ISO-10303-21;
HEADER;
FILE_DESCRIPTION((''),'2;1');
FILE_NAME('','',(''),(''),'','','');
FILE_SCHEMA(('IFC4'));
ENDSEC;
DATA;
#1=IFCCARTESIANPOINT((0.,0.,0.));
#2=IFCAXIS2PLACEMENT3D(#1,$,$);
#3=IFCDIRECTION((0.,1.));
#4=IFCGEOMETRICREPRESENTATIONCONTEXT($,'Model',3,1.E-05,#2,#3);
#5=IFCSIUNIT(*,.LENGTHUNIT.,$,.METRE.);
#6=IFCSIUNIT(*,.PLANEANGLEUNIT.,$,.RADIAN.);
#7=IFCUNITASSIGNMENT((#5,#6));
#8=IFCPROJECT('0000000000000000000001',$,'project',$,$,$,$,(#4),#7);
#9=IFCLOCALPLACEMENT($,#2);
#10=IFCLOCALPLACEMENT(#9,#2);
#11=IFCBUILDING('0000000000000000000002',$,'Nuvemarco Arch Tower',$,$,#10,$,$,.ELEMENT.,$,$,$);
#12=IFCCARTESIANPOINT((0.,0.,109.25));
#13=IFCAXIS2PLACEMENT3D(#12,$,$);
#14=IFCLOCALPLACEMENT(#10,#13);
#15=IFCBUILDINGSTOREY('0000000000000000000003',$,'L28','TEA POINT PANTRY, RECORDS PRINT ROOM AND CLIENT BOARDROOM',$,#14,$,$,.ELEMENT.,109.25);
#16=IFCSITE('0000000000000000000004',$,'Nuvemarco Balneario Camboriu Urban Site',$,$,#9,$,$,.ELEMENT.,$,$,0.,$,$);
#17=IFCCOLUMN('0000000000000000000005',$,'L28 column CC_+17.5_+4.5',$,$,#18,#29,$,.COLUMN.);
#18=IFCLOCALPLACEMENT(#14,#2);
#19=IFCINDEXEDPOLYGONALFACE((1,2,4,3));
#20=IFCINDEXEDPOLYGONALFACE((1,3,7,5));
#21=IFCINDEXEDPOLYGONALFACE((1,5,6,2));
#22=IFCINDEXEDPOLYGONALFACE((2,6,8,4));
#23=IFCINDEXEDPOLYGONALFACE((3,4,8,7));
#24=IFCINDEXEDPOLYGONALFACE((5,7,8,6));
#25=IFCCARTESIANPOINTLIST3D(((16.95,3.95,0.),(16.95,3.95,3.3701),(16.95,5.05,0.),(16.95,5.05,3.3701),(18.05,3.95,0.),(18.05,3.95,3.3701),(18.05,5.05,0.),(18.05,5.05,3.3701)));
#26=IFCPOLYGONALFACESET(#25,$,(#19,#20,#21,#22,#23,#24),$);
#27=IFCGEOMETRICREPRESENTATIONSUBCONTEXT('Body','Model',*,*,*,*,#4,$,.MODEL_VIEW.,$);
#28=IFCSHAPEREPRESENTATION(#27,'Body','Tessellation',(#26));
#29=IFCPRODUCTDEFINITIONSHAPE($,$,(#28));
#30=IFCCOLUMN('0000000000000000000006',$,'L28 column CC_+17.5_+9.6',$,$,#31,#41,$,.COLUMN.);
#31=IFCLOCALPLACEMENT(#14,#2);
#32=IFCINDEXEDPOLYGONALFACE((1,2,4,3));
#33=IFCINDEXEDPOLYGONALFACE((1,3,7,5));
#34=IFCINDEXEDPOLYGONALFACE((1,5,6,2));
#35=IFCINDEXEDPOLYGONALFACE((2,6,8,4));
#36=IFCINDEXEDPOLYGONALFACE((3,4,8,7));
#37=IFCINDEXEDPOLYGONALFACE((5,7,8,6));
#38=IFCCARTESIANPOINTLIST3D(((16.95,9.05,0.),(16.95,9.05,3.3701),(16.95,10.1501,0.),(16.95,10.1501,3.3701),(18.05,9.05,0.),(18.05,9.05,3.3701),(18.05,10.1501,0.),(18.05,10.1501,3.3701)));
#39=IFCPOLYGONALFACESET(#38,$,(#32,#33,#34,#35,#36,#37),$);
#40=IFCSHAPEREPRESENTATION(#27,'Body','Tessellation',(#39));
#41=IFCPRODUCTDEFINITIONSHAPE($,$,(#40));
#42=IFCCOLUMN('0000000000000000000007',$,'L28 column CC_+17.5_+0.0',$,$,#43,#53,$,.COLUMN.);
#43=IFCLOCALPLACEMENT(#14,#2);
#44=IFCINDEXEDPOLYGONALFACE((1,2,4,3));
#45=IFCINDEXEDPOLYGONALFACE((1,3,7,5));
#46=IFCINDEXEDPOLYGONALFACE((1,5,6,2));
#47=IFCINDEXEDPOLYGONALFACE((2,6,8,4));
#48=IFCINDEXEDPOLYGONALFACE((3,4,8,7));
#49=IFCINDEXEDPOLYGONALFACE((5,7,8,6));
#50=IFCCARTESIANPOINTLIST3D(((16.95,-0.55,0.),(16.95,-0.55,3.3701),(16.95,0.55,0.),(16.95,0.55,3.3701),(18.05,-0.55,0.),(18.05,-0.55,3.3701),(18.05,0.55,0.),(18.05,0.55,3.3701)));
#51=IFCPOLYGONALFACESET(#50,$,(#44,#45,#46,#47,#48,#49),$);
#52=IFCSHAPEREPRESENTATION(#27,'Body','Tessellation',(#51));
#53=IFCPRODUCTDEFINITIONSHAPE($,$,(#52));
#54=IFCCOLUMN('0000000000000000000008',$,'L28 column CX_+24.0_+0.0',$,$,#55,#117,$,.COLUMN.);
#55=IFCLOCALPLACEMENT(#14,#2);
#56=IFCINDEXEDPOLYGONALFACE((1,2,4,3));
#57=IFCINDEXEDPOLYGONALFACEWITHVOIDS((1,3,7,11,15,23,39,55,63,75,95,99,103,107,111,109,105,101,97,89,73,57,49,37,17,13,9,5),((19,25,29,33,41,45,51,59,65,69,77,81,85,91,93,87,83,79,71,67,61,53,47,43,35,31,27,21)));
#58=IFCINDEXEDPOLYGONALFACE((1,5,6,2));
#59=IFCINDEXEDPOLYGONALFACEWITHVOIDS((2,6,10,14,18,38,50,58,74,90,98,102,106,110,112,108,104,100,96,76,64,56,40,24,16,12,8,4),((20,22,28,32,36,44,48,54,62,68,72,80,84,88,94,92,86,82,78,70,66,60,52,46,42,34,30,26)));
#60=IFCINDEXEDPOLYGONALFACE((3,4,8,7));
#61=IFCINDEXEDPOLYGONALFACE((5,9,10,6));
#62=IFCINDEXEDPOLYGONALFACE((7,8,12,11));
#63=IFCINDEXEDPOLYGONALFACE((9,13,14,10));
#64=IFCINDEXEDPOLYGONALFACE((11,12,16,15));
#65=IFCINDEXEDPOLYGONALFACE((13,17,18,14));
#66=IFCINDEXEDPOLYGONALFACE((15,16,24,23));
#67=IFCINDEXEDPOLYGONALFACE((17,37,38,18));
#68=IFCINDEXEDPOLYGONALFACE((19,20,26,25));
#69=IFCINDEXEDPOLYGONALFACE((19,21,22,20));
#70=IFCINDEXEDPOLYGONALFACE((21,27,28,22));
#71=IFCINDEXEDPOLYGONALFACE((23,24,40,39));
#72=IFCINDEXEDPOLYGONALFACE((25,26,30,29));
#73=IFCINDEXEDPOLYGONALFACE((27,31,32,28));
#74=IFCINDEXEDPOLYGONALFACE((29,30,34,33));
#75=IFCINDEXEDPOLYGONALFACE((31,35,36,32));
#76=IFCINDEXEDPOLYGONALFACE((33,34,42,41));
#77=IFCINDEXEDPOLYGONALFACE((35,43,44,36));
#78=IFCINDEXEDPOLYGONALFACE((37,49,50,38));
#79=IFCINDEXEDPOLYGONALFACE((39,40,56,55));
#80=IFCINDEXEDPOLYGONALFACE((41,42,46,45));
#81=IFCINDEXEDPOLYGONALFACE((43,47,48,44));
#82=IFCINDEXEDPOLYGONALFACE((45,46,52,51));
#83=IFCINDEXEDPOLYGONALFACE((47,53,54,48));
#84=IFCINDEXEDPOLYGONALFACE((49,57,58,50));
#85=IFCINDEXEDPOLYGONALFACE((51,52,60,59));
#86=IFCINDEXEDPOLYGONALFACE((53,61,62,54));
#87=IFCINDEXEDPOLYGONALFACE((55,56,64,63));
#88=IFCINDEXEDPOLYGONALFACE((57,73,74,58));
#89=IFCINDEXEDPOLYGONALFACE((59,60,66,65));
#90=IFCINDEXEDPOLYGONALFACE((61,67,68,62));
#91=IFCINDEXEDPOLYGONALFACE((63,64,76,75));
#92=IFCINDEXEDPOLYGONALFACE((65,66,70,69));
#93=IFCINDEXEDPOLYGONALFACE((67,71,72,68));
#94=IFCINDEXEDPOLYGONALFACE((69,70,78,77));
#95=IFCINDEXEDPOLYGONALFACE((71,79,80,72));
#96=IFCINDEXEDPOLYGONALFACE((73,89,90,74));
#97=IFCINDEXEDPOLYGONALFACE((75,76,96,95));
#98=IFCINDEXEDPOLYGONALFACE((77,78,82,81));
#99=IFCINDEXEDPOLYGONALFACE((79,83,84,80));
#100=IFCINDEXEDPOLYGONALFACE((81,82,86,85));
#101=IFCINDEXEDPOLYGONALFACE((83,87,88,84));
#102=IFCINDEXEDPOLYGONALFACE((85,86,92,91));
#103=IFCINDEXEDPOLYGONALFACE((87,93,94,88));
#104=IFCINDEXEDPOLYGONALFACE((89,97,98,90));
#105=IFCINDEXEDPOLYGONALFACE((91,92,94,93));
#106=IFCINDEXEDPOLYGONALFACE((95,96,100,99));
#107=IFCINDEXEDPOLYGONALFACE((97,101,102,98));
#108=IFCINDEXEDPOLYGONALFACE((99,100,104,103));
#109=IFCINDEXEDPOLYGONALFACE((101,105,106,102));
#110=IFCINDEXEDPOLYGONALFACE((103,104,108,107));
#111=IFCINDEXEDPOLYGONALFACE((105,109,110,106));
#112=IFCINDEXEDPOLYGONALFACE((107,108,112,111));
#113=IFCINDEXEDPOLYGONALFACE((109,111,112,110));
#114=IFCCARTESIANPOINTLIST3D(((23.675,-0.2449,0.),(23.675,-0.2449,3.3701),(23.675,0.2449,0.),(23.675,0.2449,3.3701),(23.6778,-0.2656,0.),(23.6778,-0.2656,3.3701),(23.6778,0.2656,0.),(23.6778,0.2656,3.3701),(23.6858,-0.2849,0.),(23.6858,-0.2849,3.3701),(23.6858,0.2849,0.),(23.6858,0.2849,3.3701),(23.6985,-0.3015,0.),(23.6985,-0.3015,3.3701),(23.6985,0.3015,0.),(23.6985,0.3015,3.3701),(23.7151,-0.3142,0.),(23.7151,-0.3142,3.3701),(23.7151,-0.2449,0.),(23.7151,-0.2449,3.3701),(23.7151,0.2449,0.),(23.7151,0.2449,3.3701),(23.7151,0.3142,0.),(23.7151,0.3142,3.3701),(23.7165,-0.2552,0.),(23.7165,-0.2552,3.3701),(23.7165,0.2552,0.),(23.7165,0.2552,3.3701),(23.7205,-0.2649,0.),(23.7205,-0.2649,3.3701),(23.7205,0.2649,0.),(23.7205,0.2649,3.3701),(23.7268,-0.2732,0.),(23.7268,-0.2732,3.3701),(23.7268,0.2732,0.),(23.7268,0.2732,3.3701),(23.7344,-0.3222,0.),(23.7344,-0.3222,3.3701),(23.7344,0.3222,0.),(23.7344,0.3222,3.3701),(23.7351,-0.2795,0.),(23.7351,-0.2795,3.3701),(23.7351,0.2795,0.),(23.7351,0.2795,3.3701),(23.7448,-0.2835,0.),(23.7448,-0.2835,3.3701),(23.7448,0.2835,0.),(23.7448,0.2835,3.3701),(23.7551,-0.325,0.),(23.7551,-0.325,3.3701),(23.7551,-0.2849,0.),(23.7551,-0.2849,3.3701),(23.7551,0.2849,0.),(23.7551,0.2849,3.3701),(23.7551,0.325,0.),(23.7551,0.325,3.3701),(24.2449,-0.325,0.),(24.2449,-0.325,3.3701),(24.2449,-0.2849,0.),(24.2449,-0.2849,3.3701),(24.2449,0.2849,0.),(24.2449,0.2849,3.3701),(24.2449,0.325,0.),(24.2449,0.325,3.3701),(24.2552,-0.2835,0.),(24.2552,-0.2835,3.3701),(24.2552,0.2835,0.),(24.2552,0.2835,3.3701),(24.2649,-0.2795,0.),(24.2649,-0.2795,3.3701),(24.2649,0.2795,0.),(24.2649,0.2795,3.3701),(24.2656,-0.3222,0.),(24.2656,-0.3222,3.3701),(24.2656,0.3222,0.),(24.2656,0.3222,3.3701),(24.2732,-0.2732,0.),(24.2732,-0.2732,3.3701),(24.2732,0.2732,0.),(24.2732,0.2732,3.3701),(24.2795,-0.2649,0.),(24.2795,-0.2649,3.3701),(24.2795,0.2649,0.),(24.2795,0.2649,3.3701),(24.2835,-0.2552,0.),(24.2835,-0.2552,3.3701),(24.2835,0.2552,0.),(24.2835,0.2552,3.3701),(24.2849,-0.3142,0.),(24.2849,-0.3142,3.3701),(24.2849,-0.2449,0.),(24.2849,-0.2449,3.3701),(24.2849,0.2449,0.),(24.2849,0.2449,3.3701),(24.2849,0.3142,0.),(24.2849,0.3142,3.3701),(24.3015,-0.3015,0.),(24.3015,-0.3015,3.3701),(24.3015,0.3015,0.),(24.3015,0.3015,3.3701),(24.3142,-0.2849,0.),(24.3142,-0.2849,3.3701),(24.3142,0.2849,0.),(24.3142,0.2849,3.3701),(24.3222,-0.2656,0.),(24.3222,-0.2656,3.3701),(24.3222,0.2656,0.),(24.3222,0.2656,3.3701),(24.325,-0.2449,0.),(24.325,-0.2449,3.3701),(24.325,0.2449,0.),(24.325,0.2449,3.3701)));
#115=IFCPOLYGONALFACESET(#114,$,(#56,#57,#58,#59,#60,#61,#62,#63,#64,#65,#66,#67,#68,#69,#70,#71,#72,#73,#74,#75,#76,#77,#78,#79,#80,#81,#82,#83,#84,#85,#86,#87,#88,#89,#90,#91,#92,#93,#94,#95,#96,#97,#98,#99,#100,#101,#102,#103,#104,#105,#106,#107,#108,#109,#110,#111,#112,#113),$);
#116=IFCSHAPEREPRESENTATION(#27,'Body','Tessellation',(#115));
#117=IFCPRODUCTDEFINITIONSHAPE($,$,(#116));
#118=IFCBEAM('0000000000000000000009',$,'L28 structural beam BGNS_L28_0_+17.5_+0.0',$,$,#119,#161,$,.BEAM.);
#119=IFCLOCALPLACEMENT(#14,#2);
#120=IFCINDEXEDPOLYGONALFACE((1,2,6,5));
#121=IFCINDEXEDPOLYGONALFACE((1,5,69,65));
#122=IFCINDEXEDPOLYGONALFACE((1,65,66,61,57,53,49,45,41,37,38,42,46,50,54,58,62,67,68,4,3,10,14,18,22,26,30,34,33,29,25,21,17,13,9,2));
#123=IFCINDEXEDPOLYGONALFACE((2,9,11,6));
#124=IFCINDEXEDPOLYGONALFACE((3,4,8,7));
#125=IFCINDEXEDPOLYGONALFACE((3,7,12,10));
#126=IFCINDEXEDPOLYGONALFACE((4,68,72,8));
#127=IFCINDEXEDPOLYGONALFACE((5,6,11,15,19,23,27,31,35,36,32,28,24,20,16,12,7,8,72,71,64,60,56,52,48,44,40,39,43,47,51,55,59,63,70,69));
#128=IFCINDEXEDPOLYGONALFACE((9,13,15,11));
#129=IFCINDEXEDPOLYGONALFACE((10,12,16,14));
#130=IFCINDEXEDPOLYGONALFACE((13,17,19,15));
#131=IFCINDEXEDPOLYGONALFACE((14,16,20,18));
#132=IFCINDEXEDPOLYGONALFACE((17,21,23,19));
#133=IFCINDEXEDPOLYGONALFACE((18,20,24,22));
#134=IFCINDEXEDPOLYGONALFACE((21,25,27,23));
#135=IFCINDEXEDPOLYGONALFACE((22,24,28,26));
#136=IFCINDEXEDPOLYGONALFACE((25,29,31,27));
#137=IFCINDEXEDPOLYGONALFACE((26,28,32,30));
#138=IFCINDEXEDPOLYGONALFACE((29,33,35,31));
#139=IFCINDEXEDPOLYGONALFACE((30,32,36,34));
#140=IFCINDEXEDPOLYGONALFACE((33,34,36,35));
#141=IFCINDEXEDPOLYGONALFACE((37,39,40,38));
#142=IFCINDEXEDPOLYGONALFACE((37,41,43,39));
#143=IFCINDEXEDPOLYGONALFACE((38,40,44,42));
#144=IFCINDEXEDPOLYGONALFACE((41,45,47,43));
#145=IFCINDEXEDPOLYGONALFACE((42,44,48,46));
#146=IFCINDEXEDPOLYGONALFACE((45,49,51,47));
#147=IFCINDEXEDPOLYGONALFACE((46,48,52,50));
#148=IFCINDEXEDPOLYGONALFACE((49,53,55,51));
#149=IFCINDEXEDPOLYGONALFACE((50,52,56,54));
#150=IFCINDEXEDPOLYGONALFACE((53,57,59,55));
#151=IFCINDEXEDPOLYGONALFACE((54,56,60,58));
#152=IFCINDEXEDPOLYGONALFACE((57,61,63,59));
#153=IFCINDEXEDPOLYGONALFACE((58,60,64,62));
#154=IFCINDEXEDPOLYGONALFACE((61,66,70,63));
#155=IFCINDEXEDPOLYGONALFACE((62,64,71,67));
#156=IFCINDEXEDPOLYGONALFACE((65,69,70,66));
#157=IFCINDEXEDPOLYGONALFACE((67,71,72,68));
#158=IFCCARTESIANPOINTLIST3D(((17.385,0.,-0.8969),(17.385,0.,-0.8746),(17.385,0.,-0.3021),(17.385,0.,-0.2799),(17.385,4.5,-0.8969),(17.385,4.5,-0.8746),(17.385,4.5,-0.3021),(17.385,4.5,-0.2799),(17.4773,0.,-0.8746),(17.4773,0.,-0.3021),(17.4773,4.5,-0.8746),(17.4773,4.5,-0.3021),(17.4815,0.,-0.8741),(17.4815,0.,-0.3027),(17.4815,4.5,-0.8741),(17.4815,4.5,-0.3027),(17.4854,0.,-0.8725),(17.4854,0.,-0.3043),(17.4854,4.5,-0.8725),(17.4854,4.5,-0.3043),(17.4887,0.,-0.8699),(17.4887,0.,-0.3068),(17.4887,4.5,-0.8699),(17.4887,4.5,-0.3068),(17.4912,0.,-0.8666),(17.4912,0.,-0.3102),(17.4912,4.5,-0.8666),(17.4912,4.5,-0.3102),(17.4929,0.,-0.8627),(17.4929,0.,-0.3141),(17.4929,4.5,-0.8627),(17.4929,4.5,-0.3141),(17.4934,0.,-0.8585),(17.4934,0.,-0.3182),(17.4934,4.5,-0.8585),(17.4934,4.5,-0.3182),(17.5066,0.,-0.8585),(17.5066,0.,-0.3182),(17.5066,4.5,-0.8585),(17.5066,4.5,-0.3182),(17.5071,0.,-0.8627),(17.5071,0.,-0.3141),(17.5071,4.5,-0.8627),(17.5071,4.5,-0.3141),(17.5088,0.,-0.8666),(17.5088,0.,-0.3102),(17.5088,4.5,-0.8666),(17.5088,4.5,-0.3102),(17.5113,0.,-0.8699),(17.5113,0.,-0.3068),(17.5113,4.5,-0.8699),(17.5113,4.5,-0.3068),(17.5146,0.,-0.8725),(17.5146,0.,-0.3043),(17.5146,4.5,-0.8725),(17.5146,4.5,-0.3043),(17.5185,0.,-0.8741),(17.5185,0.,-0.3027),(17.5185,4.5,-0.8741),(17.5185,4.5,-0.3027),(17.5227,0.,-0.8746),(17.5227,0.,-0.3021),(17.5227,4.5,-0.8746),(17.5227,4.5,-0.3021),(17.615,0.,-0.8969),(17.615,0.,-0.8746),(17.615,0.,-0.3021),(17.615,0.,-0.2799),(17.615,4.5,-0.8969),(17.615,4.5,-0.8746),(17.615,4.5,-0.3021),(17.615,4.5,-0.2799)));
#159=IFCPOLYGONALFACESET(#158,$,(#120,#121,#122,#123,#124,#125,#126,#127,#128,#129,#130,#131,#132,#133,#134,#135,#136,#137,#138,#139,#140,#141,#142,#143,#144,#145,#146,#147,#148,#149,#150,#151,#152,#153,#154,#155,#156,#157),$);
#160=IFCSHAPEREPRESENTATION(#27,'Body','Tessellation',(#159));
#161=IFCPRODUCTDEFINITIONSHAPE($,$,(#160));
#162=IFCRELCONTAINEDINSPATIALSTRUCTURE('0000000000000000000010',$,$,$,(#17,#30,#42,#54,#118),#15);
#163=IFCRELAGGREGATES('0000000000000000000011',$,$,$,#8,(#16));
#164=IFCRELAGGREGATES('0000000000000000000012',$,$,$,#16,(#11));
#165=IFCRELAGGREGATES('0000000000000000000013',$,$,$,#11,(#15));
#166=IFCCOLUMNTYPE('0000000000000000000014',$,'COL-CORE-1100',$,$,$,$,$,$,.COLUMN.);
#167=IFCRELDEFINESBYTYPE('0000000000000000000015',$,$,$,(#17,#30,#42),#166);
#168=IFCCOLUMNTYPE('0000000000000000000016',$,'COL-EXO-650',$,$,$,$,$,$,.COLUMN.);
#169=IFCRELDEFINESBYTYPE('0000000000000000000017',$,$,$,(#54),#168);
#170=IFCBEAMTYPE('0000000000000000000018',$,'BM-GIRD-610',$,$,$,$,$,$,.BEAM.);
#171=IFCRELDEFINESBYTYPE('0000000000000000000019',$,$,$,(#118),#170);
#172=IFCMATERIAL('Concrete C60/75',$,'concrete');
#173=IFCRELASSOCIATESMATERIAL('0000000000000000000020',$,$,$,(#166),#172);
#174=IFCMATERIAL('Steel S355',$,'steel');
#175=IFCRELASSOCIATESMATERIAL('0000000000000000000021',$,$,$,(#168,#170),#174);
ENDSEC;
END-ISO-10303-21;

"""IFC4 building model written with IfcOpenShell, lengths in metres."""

from ifc_helpers import new_model, si_unit, direction, frame, origin, origin_2d, place, context, subcontext, project, spatial, rectangle, hollow_rectangle, i_section, extrude, material, material_profile, profile_set, type_object, element, save


model = new_model("IFC4")

# Units and contexts
model_context = context("Model", 3, precision=1e-05, world=origin(), true_north=direction((0.0, 1.0)))
body_context = subcontext(model_context, "Body", "Model", "MODEL_VIEW")
ifc_project = project(units=[si_unit("LENGTHUNIT", "METRE"), si_unit("PLANEANGLEUNIT", "RADIAN")], contexts=[model_context])

# Site, building, storey
site_placement = place(None, origin())
site = spatial("IfcSite", under=ifc_project, at=site_placement, Name="Nuvemarco Balneario Camboriu Urban Site", CompositionType="ELEMENT", RefElevation=0.0)
building_placement = place(site_placement, origin())
building = spatial("IfcBuilding", under=site, at=building_placement, Name="Nuvemarco Arch Tower", CompositionType="ELEMENT")
storey_placement = place(building_placement, frame((0.0, 0.0, 109.25)))
storey = spatial("IfcBuildingStorey", under=building, at=storey_placement, Name="L28", Description="TEA POINT PANTRY, RECORDS PRINT ROOM AND CLIENT BOARDROOM", CompositionType="ELEMENT", Elevation=109.25)

# Columns
ifc_material_1 = material(Name="Concrete C60/75", Category="concrete")
ifc_material_profile_1 = material_profile(ifc_material_1, rectangle(XDim=1.1001, YDim=1.1001, at=origin_2d()), Name="RC-COL-1100x1100")
ifc_profile_set_1 = profile_set([ifc_material_profile_1], Name="Concrete C60/75")
column_type_1 = type_object("IfcColumnType", Name="COL-CORE-1100", PredefinedType="COLUMN", material=ifc_profile_set_1)
for number, where, z_axis, x_axis, name in (
    (1, (17.5, 4.5, 0.0), (0.0, 0.0, 1.0), (1.0, 0.0, 0.0), "L28 column CC_+17.5_+4.5"),
    (2, (17.5, 9.6001, 0.0), (0.0, 0.0, 1.0), (1.0, 0.0, 0.0), "L28 column CC_+17.5_+9.6"),
    (3, (17.5, 0.0, 0.0), (0.0, 0.0, 1.0), (1.0, 0.0, 0.0), "L28 column CC_+17.5_+0.0"),
):
    element("IfcColumn", number, at=place(storey_placement, frame(where, z_axis=z_axis, x_axis=x_axis)), inside=storey, type_object=column_type_1, Name=name, PredefinedType="COLUMN", context=body_context, shape_type="SweptSolid", body=[
        extrude(rectangle(XDim=1.1001, YDim=1.1001, at=origin_2d()), origin(), (0.0, 0.0, 1.0), 3.3701),
    ])
ifc_material_2 = material(Name="Steel S355", Category="steel")
ifc_material_profile_2 = material_profile(ifc_material_2, hollow_rectangle(XDim=0.6499, YDim=0.6499, WallThickness=0.04, InnerFilletRadius=0.04, OuterFilletRadius=0.0801, at=origin_2d()), Name="SHS650x650x40")
ifc_profile_set_2 = profile_set([ifc_material_profile_2], Name="Steel S355")
column_type_2 = type_object("IfcColumnType", Name="COL-EXO-650", PredefinedType="COLUMN", material=ifc_profile_set_2)
column_placement = place(storey_placement, frame((24.0, 0.0, 0.0), z_axis=(0.0, 0.0, 1.0), x_axis=(1.0, 0.0, 0.0)))
element("IfcColumn", 4, at=column_placement, inside=storey, type_object=column_type_2, Name="L28 column CX_+24.0_+0.0", PredefinedType="COLUMN", context=body_context, shape_type="SweptSolid", body=[
    extrude(hollow_rectangle(XDim=0.6499, YDim=0.6499, WallThickness=0.04, InnerFilletRadius=0.04, OuterFilletRadius=0.0801, at=origin_2d()), origin(), (0.0, 0.0, 1.0), 3.3701),
])

# Beam
ifc_material_profile_3 = material_profile(ifc_material_2, i_section(OverallWidth=0.23, OverallDepth=0.6169, WebThickness=0.0132, FlangeThickness=0.0222, FilletRadius=0.0161, at=origin_2d()), Name="W610x140")
ifc_profile_set_3 = profile_set([ifc_material_profile_3], Name="Steel S355")
beam_type_1 = type_object("IfcBeamType", Name="BM-GIRD-610", PredefinedType="BEAM", material=ifc_profile_set_3)
beam_1_placement = place(storey_placement, frame((17.5, 0.0, -0.5884), z_axis=(0.0, 1.0, 0.0), x_axis=(-1.0, 0.0, 0.0)))
element("IfcBeam", 5, at=beam_1_placement, inside=storey, type_object=beam_type_1, Name="L28 structural beam BGNS_L28_0_+17.5_+0.0", PredefinedType="BEAM", context=body_context, shape_type="SweptSolid", body=[
    extrude(i_section(OverallWidth=0.23, OverallDepth=0.6169, WebThickness=0.0132, FlangeThickness=0.0222, FilletRadius=0.0161, at=origin_2d()), origin(), (0.0, 0.0, 1.0), 4.5),
])

save(model, "model.ifc")
